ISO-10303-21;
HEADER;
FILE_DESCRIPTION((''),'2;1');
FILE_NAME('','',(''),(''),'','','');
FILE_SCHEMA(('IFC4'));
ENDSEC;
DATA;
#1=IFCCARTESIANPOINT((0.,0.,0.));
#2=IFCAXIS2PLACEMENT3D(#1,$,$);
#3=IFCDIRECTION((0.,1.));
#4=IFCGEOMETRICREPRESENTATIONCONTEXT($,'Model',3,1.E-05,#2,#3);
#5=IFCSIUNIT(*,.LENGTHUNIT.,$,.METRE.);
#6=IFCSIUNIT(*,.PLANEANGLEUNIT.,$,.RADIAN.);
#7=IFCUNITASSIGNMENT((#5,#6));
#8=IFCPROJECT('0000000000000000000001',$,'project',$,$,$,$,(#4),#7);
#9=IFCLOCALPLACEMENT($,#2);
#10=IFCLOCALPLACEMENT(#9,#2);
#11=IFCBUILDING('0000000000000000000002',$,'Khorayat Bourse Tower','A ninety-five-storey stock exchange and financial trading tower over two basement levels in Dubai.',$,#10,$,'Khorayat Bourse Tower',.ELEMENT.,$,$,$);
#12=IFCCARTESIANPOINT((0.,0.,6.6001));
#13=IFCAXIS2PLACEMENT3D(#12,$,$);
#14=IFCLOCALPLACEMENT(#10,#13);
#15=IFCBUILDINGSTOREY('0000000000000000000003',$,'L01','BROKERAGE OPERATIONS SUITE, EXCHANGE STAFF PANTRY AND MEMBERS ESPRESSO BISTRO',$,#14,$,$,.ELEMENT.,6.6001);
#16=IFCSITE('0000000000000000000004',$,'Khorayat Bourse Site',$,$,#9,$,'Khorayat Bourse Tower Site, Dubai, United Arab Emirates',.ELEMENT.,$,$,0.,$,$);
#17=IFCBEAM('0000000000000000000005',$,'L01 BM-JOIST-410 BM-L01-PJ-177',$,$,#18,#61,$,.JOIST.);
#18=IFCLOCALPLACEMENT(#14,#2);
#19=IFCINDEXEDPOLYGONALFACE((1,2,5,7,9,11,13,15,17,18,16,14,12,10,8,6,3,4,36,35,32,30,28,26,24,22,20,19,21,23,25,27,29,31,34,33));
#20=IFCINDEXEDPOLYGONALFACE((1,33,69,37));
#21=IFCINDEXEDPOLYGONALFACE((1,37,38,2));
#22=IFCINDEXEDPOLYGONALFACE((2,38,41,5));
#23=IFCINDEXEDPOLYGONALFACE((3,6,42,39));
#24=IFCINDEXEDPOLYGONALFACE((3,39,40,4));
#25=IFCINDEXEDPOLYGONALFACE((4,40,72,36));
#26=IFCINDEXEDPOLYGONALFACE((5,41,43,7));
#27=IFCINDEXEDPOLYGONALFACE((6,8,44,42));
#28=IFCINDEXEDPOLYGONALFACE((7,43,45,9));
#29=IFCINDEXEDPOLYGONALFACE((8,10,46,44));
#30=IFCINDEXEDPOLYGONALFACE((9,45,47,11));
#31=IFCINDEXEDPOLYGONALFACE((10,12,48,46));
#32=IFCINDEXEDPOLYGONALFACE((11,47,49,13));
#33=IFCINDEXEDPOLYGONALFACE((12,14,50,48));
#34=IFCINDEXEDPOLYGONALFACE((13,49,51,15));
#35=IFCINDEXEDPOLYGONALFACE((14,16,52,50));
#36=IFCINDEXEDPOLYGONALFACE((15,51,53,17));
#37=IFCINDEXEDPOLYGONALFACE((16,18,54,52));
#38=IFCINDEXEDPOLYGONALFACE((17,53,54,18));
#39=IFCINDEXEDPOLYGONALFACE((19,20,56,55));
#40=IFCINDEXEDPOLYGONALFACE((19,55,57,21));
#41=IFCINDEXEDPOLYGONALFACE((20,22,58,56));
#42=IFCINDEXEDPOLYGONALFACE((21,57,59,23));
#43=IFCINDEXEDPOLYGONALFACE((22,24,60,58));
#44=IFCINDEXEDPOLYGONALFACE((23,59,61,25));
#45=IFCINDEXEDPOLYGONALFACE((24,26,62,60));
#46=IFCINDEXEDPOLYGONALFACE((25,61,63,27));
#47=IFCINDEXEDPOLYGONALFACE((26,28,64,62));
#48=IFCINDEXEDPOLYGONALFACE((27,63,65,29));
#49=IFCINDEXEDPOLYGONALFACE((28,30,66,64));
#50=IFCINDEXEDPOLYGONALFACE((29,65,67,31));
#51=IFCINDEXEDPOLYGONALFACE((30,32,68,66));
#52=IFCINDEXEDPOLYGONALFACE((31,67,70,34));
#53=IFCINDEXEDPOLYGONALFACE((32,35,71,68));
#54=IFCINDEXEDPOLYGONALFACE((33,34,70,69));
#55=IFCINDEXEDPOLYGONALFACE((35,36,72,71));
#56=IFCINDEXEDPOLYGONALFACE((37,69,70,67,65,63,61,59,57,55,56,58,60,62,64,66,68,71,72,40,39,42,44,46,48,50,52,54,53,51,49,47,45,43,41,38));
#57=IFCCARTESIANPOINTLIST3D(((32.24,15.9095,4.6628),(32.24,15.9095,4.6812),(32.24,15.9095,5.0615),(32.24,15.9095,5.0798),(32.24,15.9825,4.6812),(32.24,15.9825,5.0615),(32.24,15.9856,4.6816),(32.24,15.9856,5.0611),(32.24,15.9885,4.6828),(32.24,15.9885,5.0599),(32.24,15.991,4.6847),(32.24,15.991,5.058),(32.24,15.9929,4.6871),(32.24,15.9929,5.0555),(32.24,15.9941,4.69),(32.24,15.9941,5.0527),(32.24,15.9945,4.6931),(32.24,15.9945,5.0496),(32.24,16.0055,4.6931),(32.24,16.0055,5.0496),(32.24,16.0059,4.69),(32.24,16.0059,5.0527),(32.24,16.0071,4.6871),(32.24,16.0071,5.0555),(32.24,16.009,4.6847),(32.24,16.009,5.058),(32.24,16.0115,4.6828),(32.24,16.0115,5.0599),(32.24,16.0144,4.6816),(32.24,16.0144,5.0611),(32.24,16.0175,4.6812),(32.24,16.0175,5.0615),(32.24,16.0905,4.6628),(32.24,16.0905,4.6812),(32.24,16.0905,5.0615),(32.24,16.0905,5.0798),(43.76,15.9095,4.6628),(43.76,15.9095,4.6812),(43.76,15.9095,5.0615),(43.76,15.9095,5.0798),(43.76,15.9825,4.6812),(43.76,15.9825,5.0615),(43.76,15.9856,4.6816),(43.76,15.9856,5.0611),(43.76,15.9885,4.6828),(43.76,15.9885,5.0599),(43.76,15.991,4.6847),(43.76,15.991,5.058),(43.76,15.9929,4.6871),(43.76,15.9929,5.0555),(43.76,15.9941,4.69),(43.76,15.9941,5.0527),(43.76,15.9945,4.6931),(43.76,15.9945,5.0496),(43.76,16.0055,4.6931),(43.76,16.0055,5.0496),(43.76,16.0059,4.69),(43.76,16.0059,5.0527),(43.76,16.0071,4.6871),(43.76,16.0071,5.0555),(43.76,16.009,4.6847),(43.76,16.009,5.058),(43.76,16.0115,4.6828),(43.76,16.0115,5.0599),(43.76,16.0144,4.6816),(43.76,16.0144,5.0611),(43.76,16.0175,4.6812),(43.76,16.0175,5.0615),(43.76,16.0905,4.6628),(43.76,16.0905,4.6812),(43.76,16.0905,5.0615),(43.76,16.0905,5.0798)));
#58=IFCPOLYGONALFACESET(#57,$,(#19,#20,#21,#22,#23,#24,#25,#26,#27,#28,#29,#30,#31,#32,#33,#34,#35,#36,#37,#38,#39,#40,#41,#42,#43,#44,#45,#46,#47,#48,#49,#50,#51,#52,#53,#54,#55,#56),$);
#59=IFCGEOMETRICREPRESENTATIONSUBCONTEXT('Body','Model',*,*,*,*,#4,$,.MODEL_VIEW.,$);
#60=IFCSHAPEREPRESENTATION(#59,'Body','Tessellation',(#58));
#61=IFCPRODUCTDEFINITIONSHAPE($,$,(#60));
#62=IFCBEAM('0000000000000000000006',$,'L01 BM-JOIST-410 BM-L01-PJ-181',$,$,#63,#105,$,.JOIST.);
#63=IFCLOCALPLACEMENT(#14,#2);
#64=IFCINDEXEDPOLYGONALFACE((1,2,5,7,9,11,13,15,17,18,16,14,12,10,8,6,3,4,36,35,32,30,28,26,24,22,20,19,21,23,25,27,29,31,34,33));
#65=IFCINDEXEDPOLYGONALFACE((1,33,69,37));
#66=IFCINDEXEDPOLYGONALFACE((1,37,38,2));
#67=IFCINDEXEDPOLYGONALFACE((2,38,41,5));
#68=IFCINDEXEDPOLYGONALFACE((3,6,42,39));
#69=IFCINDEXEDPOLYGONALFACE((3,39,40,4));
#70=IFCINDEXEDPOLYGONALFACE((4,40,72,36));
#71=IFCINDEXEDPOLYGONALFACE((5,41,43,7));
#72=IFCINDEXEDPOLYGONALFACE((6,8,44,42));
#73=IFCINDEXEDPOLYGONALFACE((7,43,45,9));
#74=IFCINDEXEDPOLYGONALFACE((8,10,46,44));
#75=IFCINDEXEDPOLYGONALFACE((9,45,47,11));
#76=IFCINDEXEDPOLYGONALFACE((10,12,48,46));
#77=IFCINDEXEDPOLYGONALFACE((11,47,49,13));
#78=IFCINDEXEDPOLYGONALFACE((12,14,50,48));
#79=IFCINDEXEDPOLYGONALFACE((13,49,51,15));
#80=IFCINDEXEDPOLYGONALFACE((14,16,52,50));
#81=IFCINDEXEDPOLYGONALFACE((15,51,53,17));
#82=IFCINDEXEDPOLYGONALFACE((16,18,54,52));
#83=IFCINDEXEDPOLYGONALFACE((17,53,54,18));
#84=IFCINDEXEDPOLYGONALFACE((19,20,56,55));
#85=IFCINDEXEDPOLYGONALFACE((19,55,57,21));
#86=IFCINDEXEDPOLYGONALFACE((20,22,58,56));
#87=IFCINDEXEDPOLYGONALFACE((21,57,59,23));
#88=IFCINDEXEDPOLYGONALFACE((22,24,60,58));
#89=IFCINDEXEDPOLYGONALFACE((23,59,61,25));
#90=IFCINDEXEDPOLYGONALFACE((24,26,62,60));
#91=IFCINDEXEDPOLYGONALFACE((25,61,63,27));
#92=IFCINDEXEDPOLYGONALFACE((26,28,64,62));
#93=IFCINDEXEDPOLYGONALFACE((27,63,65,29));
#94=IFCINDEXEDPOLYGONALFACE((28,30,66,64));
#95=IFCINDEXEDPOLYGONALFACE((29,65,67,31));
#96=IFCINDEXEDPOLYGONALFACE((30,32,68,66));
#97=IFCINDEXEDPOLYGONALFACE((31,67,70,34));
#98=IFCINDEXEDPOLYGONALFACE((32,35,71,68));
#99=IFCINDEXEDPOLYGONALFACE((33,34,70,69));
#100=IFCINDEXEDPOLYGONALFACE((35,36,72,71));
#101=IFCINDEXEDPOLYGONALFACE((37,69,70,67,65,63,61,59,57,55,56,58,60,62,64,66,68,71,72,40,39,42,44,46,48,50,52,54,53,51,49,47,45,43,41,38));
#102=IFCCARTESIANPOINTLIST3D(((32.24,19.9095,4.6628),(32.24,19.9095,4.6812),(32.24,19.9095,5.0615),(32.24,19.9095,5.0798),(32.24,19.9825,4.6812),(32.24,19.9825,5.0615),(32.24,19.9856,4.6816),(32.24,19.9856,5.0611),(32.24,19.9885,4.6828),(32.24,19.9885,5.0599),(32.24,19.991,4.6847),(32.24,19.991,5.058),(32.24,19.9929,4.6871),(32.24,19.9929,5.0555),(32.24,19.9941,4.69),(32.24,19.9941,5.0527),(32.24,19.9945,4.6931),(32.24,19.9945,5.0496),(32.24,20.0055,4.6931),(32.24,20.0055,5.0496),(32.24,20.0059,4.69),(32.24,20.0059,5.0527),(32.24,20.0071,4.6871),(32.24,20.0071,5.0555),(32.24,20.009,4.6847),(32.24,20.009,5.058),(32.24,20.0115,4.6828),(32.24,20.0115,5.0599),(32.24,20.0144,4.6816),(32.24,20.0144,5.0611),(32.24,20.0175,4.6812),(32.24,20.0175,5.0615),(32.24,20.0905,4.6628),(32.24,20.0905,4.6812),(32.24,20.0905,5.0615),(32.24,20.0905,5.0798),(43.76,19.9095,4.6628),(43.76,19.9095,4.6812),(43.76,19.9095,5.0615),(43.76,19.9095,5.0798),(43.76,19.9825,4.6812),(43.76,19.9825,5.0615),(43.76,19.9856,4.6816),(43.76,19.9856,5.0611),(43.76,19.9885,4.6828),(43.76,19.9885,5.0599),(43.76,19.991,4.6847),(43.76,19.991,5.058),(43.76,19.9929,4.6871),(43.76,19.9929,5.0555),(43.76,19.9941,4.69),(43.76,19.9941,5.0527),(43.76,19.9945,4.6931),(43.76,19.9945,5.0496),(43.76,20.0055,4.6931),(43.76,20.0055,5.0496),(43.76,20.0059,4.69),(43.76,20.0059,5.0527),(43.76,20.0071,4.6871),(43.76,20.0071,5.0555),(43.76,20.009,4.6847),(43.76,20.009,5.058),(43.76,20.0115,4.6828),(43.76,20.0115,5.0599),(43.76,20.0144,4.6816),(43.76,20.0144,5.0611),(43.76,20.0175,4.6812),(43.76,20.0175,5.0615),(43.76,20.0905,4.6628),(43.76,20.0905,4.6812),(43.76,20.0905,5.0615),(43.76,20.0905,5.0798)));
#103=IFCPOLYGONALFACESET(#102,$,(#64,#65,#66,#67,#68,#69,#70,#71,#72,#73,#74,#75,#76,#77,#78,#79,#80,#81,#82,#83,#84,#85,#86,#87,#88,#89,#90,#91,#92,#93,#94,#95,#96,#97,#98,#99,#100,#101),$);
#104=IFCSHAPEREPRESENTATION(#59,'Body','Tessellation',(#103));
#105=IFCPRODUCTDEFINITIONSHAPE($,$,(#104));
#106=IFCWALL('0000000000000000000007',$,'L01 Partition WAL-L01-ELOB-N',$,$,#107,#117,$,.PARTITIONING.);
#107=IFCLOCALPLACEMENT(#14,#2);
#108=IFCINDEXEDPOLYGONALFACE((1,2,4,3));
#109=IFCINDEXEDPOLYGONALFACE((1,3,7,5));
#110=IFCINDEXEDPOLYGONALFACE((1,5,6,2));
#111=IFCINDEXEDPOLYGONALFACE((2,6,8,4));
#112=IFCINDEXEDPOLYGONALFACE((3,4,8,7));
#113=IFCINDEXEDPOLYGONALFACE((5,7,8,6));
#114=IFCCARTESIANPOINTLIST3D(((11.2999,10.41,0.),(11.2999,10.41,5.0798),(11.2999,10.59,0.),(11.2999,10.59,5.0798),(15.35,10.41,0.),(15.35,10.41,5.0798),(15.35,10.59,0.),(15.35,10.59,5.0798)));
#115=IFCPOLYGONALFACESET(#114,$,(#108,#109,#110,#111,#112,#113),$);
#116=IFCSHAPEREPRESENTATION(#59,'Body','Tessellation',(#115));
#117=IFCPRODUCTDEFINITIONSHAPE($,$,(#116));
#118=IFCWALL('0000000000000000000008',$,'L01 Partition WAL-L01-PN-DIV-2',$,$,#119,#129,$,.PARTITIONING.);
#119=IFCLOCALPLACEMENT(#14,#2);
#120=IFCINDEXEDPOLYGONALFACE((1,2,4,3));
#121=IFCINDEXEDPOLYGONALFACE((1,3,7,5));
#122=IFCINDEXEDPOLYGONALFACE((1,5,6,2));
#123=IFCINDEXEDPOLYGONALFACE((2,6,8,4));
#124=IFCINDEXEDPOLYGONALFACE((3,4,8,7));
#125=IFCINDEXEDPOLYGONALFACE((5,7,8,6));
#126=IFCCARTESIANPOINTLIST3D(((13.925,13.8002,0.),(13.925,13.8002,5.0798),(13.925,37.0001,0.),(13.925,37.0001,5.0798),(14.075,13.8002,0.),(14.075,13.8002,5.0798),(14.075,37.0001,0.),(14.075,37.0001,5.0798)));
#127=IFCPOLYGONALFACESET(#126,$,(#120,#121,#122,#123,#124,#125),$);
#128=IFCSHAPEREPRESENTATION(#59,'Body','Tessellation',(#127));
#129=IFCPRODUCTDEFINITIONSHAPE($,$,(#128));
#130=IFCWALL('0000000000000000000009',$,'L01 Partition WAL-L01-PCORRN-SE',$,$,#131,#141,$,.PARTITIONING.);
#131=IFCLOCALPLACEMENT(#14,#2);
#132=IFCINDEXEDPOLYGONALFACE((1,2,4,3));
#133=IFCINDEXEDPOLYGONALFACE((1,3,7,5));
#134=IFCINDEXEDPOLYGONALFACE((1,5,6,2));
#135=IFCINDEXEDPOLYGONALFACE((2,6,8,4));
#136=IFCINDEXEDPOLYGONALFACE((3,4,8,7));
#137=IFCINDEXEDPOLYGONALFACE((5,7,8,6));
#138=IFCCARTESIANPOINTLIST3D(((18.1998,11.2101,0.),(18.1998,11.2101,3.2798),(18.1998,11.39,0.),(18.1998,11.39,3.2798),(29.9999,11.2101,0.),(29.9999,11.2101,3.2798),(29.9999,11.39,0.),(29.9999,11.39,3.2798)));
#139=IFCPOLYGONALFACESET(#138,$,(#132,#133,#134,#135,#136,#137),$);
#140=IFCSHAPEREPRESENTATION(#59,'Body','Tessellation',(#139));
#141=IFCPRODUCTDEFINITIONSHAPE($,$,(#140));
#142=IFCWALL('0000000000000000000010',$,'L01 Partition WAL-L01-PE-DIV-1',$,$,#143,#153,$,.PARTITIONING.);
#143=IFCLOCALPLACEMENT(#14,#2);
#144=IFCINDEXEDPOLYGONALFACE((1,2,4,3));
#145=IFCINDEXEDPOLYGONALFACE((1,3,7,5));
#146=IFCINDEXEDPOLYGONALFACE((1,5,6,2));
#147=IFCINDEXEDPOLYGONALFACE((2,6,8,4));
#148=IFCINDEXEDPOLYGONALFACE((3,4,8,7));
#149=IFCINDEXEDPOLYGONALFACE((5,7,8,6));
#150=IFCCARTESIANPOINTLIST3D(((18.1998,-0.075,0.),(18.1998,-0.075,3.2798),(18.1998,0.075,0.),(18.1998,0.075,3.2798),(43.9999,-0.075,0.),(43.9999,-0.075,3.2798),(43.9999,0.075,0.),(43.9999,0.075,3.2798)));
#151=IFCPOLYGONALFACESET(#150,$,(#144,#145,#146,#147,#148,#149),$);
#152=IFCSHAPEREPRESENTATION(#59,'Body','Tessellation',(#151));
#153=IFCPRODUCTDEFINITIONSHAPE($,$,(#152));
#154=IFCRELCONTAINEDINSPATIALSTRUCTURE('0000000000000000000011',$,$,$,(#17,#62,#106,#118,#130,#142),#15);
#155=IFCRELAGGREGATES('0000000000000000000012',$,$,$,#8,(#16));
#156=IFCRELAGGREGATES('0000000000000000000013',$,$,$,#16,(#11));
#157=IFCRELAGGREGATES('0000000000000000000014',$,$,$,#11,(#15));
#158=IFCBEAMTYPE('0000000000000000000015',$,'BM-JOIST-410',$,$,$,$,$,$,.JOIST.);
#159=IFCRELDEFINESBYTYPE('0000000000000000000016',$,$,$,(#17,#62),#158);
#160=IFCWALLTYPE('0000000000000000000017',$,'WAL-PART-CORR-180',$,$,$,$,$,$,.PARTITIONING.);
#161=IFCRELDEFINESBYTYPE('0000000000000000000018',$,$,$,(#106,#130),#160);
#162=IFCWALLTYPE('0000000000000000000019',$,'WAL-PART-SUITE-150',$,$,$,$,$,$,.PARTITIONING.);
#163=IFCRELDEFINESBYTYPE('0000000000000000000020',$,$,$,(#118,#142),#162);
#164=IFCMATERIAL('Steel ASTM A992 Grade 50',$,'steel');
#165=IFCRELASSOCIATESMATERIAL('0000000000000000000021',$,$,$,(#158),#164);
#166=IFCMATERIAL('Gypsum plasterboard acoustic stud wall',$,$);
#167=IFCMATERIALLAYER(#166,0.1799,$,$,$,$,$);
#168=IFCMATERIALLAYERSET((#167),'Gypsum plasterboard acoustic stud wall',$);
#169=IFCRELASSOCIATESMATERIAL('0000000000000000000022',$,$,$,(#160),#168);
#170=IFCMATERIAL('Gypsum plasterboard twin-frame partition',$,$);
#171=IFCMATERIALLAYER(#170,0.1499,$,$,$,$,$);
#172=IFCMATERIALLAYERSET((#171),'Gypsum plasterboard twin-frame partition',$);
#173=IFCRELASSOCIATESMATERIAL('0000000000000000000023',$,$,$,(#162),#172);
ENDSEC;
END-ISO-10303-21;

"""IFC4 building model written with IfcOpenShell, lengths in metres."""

from ifc_helpers import new_model, si_unit, direction, frame, frame_2d, origin, origin_2d, place, context, subcontext, project, spatial, rectangle, i_section, extrude, source, transform, mapped, material, layer, layer_set, material_profile, profile_set, type_object, element, save


model = new_model("IFC4")

# Units and contexts
model_context = context("Model", 3, precision=1e-05, world=origin(), true_north=direction((0.0, 1.0)))
body_context = subcontext(model_context, "Body", "Model", "MODEL_VIEW")
ifc_project = project(units=[si_unit("LENGTHUNIT", "METRE"), si_unit("PLANEANGLEUNIT", "RADIAN")], contexts=[model_context])

# Site, building, storey
site_placement = place(None, origin())
site = spatial("IfcSite", under=ifc_project, at=site_placement, Name="Khorayat Bourse Site", LongName="Khorayat Bourse Tower Site, Dubai, United Arab Emirates", CompositionType="ELEMENT", RefElevation=0.0)
building_placement = place(site_placement, origin())
building = spatial("IfcBuilding", under=site, at=building_placement, Name="Khorayat Bourse Tower", Description="A ninety-five-storey stock exchange and financial trading tower over two basement levels in Dubai.", LongName="Khorayat Bourse Tower", CompositionType="ELEMENT")
storey_placement = place(building_placement, frame((0.0, 0.0, 6.6001)))
storey = spatial("IfcBuildingStorey", under=building, at=storey_placement, Name="L01", Description="BROKERAGE OPERATIONS SUITE, EXCHANGE STAFF PANTRY AND MEMBERS ESPRESSO BISTRO", CompositionType="ELEMENT", Elevation=6.6001)

# Beams
ifc_material_1 = material(Name="Steel ASTM A992 Grade 50", Category="steel")
ifc_material_profile_1 = material_profile(ifc_material_1, i_section(OverallWidth=0.1809, OverallDepth=0.417, WebThickness=0.011, FlangeThickness=0.0183, FilletRadius=0.012, at=origin_2d()), Name="W410X85")
ifc_profile_set_1 = profile_set([ifc_material_profile_1], Name="Steel ASTM A992 Grade 50")
beam_type_1 = type_object("IfcBeamType", Name="BM-JOIST-410", PredefinedType="JOIST", material=ifc_profile_set_1)
shared_shape_1 = source(origin(), body_context, "Body", "SweptSolid", [
    extrude(i_section(OverallWidth=0.1809, OverallDepth=0.417, WebThickness=0.011, FlangeThickness=0.0183, FilletRadius=0.012, at=origin_2d()), origin(), (0.0, 0.0, 1.0), 11.52),
])
for number, where, z_axis, x_axis, name in (
    (1, (32.24, 16.0, 4.8713), (1.0, 0.0, 0.0), (0.0, 1.0, 0.0), "L01 BM-JOIST-410 BM-L01-PJ-177"),
    (2, (32.24, 20.0, 4.8713), (1.0, 0.0, 0.0), (0.0, 1.0, 0.0), "L01 BM-JOIST-410 BM-L01-PJ-181"),
):
    element("IfcBeam", number, at=place(storey_placement, frame(where, z_axis=z_axis, x_axis=x_axis)), inside=storey, type_object=beam_type_1, Name=name, PredefinedType="JOIST", context=body_context, shape_type="MappedRepresentation", body=[
        mapped(shared_shape_1, transform((0.0, 0.0, 0.0), scale=1.0)),
    ])

# Walls
ifc_material_2 = material(Name="Gypsum plasterboard acoustic stud wall")
ifc_layer_1 = layer(ifc_material_2, 0.1799)
ifc_layer_set_1 = layer_set([ifc_layer_1], Name="Gypsum plasterboard acoustic stud wall")
wall_type_1 = type_object("IfcWallType", Name="WAL-PART-CORR-180", PredefinedType="PARTITIONING", material=ifc_layer_set_1)
shared_shape_2 = source(origin(), body_context, "Body", "SweptSolid", [
    extrude(rectangle(XDim=4.05, YDim=0.1799, at=frame_2d((2.0249, 0.0))), origin(), (0.0, 0.0, 1.0), 5.0798),
])
wall_1_placement = place(storey_placement, frame((11.3, 10.5, 0.0), z_axis=(0.0, 0.0, 1.0), x_axis=(1.0, 0.0, 0.0)))
element("IfcWall", 3, at=wall_1_placement, inside=storey, type_object=wall_type_1, Name="L01 Partition WAL-L01-ELOB-N", PredefinedType="PARTITIONING", context=body_context, shape_type="MappedRepresentation", body=[
    mapped(shared_shape_2, transform((0.0, 0.0, 0.0), scale=1.0)),
])
ifc_material_3 = material(Name="Gypsum plasterboard twin-frame partition")
ifc_layer_2 = layer(ifc_material_3, 0.1499)
ifc_layer_set_2 = layer_set([ifc_layer_2], Name="Gypsum plasterboard twin-frame partition")
wall_type_2 = type_object("IfcWallType", Name="WAL-PART-SUITE-150", PredefinedType="PARTITIONING", material=ifc_layer_set_2)
shared_shape_3 = source(origin(), body_context, "Body", "SweptSolid", [
    extrude(rectangle(XDim=23.2, YDim=0.1499, at=frame_2d((11.6001, 0.0))), origin(), (0.0, 0.0, 1.0), 5.0798),
])
wall_2_placement = place(storey_placement, frame((14.0, 13.8, 0.0), z_axis=(0.0, 0.0, 1.0), x_axis=(0.0, 1.0, 0.0)))
element("IfcWall", 4, at=wall_2_placement, inside=storey, type_object=wall_type_2, Name="L01 Partition WAL-L01-PN-DIV-2", PredefinedType="PARTITIONING", context=body_context, shape_type="MappedRepresentation", body=[
    mapped(shared_shape_3, transform((0.0, 0.0, 0.0), scale=1.0)),
])
shared_shape_4 = source(origin(), body_context, "Body", "SweptSolid", [
    extrude(rectangle(XDim=11.8, YDim=0.1799, at=frame_2d((5.8999, 0.0))), origin(), (0.0, 0.0, 1.0), 3.2798),
])
wall_3_placement = place(storey_placement, frame((18.2, 11.3, 0.0), z_axis=(0.0, 0.0, 1.0), x_axis=(1.0, 0.0, 0.0)))
element("IfcWall", 5, at=wall_3_placement, inside=storey, type_object=wall_type_1, Name="L01 Partition WAL-L01-PCORRN-SE", PredefinedType="PARTITIONING", context=body_context, shape_type="MappedRepresentation", body=[
    mapped(shared_shape_4, transform((0.0, 0.0, 0.0), scale=1.0)),
])
shared_shape_5 = source(origin(), body_context, "Body", "SweptSolid", [
    extrude(rectangle(XDim=25.8, YDim=0.1499, at=frame_2d((12.8999, 0.0))), origin(), (0.0, 0.0, 1.0), 3.2798),
])
wall_4_placement = place(storey_placement, frame((18.2, 0.0, 0.0), z_axis=(0.0, 0.0, 1.0), x_axis=(1.0, 0.0, 0.0)))
element("IfcWall", 6, at=wall_4_placement, inside=storey, type_object=wall_type_2, Name="L01 Partition WAL-L01-PE-DIV-1", PredefinedType="PARTITIONING", context=body_context, shape_type="MappedRepresentation", body=[
    mapped(shared_shape_5, transform((0.0, 0.0, 0.0), scale=1.0)),
])

save(model, "model.ifc")
